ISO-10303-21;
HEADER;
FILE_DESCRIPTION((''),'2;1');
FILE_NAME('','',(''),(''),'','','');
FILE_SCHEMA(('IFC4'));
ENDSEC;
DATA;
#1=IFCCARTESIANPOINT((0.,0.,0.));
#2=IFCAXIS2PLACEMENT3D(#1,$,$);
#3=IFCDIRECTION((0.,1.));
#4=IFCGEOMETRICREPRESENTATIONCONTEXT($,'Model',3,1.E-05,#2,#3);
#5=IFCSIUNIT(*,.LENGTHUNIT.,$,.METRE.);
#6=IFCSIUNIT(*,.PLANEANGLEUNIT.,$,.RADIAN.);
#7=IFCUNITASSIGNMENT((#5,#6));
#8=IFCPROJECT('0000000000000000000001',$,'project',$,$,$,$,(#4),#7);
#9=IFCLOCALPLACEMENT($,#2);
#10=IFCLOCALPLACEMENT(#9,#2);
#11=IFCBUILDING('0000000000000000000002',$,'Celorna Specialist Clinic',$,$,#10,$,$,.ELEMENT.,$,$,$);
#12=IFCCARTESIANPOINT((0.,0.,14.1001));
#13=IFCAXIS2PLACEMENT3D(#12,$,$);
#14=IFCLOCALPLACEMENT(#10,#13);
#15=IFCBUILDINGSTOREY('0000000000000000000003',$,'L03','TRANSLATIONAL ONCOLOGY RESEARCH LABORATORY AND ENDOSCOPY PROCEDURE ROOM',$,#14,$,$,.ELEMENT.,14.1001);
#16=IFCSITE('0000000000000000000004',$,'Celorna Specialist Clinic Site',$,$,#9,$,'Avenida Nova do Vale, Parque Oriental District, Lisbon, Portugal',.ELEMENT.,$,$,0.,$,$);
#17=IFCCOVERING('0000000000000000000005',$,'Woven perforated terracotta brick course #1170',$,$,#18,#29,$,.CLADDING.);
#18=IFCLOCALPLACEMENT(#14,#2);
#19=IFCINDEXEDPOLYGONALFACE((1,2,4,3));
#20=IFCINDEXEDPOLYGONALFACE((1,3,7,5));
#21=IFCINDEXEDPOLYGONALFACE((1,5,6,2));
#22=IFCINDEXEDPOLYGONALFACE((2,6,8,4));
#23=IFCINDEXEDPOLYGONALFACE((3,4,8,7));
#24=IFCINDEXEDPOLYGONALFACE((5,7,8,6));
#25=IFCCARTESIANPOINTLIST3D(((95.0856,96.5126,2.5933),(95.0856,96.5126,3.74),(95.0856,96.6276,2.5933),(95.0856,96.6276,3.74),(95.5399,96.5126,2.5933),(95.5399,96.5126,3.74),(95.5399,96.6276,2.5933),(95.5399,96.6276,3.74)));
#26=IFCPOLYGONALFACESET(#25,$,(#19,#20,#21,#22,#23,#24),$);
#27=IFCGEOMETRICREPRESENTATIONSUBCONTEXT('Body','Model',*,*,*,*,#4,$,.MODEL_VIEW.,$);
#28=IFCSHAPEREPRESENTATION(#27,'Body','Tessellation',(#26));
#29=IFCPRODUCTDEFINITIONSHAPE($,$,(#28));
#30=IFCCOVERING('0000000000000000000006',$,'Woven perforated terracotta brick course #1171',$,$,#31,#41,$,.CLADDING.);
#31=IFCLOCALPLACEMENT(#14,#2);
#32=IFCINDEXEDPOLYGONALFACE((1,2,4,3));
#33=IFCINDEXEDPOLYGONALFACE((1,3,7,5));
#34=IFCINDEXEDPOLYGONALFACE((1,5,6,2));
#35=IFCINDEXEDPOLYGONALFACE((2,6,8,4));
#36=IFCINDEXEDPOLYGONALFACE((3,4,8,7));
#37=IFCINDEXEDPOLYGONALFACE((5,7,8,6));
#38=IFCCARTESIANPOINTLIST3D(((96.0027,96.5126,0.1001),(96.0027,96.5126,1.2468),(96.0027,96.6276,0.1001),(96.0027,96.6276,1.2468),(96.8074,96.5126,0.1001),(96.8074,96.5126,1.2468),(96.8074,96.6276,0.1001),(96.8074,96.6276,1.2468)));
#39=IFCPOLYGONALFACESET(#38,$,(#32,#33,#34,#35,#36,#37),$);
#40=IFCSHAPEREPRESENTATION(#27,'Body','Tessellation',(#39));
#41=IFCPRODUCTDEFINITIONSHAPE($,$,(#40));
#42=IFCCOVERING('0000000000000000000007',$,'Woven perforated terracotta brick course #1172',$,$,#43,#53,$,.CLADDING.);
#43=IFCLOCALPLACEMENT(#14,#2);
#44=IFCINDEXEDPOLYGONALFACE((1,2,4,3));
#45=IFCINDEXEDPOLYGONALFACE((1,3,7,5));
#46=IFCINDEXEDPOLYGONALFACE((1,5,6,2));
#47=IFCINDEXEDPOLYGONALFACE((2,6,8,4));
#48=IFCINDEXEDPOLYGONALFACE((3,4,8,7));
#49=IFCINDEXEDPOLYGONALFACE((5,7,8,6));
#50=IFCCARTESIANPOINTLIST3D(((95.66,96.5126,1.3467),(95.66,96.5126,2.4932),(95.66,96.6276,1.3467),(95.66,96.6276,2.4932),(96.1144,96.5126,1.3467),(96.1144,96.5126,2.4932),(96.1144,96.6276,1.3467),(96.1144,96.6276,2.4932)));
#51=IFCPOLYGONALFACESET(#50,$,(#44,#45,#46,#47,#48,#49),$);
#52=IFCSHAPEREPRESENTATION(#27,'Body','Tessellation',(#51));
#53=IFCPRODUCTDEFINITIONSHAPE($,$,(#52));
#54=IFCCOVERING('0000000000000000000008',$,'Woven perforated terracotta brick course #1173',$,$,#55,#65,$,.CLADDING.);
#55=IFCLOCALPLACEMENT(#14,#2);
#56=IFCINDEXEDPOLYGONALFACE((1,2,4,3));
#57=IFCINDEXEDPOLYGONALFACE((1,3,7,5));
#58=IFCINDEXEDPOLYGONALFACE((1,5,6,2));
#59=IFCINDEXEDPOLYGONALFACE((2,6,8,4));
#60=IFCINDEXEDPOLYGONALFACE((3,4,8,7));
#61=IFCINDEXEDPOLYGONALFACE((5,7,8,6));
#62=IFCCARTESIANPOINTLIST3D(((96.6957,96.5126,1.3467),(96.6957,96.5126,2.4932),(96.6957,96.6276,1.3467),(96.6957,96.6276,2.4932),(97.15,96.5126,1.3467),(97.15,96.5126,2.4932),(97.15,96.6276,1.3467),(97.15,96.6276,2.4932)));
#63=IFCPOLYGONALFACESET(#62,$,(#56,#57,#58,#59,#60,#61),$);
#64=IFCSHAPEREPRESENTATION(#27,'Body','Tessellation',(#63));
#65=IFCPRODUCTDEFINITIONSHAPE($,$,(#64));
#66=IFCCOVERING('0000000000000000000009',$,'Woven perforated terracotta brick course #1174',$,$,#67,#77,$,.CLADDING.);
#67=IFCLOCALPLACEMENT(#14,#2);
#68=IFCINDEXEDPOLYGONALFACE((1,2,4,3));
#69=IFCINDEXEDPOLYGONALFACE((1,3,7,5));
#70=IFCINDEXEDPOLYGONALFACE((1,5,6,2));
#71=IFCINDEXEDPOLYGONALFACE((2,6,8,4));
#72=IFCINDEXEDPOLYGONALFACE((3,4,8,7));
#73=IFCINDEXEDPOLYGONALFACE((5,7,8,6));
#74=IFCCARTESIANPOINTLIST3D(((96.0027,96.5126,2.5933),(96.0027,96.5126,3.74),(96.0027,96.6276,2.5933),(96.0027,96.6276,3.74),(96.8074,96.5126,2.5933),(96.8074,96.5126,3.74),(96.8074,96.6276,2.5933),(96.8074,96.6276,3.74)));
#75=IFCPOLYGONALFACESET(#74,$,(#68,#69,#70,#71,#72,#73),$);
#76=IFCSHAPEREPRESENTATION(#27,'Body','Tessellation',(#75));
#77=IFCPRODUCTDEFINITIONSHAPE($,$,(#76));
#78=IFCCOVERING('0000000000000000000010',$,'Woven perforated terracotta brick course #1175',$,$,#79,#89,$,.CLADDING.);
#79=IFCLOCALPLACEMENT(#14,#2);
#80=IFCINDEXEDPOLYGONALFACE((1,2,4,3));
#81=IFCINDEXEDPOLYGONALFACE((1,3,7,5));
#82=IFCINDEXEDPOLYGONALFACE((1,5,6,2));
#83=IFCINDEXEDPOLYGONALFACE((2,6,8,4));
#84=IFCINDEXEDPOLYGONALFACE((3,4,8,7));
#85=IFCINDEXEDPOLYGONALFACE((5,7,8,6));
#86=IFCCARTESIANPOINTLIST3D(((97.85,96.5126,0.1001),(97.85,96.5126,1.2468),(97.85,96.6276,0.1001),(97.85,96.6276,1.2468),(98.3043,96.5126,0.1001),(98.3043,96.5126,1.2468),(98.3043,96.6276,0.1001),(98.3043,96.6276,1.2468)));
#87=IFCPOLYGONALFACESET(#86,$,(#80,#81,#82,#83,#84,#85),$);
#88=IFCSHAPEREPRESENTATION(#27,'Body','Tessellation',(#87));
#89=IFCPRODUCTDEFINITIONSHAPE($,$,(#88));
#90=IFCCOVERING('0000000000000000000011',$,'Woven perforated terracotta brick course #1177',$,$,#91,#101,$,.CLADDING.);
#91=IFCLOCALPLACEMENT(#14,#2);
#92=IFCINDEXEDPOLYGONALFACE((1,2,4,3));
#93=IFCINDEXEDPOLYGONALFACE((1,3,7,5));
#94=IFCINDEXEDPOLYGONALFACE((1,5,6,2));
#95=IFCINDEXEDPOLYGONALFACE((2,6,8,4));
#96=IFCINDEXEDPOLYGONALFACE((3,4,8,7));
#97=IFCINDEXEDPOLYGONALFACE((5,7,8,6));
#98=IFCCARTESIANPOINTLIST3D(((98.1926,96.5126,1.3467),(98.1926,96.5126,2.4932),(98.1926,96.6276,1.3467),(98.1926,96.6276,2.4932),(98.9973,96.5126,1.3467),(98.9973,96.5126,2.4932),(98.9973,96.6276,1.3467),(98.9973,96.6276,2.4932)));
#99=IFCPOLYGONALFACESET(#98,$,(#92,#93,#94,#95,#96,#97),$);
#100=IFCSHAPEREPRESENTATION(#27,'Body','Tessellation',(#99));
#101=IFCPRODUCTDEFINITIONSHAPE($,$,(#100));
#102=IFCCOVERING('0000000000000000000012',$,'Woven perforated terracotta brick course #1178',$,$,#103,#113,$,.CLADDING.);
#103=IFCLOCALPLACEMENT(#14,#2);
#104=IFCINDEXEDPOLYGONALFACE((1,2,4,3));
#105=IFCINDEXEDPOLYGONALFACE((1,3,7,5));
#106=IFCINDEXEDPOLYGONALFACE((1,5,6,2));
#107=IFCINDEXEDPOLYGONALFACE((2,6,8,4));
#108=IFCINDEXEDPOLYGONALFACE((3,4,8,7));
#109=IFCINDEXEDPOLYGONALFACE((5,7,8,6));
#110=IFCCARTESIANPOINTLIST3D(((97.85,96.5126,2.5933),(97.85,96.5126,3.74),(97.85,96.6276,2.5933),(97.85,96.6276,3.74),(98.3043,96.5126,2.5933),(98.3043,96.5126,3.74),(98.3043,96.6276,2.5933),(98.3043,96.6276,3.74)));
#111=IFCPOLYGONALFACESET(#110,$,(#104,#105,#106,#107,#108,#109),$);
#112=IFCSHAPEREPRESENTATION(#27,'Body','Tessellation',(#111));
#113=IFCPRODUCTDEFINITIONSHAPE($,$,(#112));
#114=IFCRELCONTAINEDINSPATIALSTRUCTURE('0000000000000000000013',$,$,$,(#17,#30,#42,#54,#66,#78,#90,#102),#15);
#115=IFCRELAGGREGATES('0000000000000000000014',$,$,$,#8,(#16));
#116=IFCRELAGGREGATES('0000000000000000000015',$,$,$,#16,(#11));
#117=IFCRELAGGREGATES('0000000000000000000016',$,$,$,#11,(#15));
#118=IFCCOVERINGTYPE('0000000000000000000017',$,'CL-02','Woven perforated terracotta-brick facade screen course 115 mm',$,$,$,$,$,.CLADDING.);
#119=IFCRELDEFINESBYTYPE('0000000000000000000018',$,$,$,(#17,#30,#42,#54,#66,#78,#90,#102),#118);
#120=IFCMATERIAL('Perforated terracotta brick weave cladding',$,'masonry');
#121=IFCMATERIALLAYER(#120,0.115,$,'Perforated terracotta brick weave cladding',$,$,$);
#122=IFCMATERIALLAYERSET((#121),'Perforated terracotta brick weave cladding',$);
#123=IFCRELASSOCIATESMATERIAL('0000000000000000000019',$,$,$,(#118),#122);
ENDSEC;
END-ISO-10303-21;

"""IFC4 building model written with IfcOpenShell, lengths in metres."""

from ifc_helpers import new_model, si_unit, direction, frame, origin, origin_2d, place, context, subcontext, project, spatial, rectangle, extrude, material, layer, layer_set, type_object, element, save


model = new_model("IFC4")

# Units and contexts
model_context = context("Model", 3, precision=1e-05, world=origin(), true_north=direction((0.0, 1.0)))
body_context = subcontext(model_context, "Body", "Model", "MODEL_VIEW")
ifc_project = project(units=[si_unit("LENGTHUNIT", "METRE"), si_unit("PLANEANGLEUNIT", "RADIAN")], contexts=[model_context])

# Site, building, storey
site_placement = place(None, origin())
site = spatial("IfcSite", under=ifc_project, at=site_placement, Name="Celorna Specialist Clinic Site", LongName="Avenida Nova do Vale, Parque Oriental District, Lisbon, Portugal", CompositionType="ELEMENT", RefElevation=0.0)
building_placement = place(site_placement, origin())
building = spatial("IfcBuilding", under=site, at=building_placement, Name="Celorna Specialist Clinic", CompositionType="ELEMENT")
storey_placement = place(building_placement, frame((0.0, 0.0, 14.1001)))
storey = spatial("IfcBuildingStorey", under=building, at=storey_placement, Name="L03", Description="TRANSLATIONAL ONCOLOGY RESEARCH LABORATORY AND ENDOSCOPY PROCEDURE ROOM", CompositionType="ELEMENT", Elevation=14.1001)

# Coverings
ifc_material = material(Name="Perforated terracotta brick weave cladding", Category="masonry")
ifc_layer = layer(ifc_material, 0.115, Name="Perforated terracotta brick weave cladding")
ifc_layer_set = layer_set([ifc_layer], Name="Perforated terracotta brick weave cladding")
covering_type = type_object("IfcCoveringType", Name="CL-02", Description="Woven perforated terracotta-brick facade screen course 115 mm", PredefinedType="CLADDING", material=ifc_layer_set)
for number, where, z_axis, x_axis, name in (
    (1, (95.3127, 96.5701, 2.5933), (0.0, 0.0, 1.0), (1.0, 0.0, 0.0), "Woven perforated terracotta brick course #1170"),
):
    element("IfcCovering", number, at=place(storey_placement, frame(where, z_axis=z_axis, x_axis=x_axis)), inside=storey, type_object=covering_type, Name=name, PredefinedType="CLADDING", context=body_context, shape_type="SweptSolid", body=[
        extrude(rectangle(XDim=0.4543, YDim=0.115, at=origin_2d()), origin(), (0.0, 0.0, 1.0), 1.1467),
    ])
covering_1_placement = place(storey_placement, frame((96.405, 96.5701, 0.1001), z_axis=(0.0, 0.0, 1.0), x_axis=(1.0, 0.0, 0.0)))
element("IfcCovering", 2, at=covering_1_placement, inside=storey, type_object=covering_type, Name="Woven perforated terracotta brick course #1171", PredefinedType="CLADDING", context=body_context, shape_type="SweptSolid", body=[
    extrude(rectangle(XDim=0.8047, YDim=0.115, at=origin_2d()), origin(), (0.0, 0.0, 1.0), 1.1467),
])
for number, where, z_axis, x_axis, name in (
    (3, (95.8872, 96.5701, 1.3467), (0.0, 0.0, 1.0), (1.0, 0.0, 0.0), "Woven perforated terracotta brick course #1172"),
    (4, (96.9229, 96.5701, 1.3467), (0.0, 0.0, 1.0), (1.0, 0.0, 0.0), "Woven perforated terracotta brick course #1173"),
):
    element("IfcCovering", number, at=place(storey_placement, frame(where, z_axis=z_axis, x_axis=x_axis)), inside=storey, type_object=covering_type, Name=name, PredefinedType="CLADDING", context=body_context, shape_type="SweptSolid", body=[
        extrude(rectangle(XDim=0.4543, YDim=0.115, at=origin_2d()), origin(), (0.0, 0.0, 1.0), 1.1465),
    ])
covering_2_placement = place(storey_placement, frame((96.405, 96.5701, 2.5933), z_axis=(0.0, 0.0, 1.0), x_axis=(1.0, 0.0, 0.0)))
element("IfcCovering", 5, at=covering_2_placement, inside=storey, type_object=covering_type, Name="Woven perforated terracotta brick course #1174", PredefinedType="CLADDING", context=body_context, shape_type="SweptSolid", body=[
    extrude(rectangle(XDim=0.8047, YDim=0.115, at=origin_2d()), origin(), (0.0, 0.0, 1.0), 1.1467),
])
covering_3_placement = place(storey_placement, frame((98.0771, 96.5701, 0.1001), z_axis=(0.0, 0.0, 1.0), x_axis=(1.0, 0.0, 0.0)))
element("IfcCovering", 6, at=covering_3_placement, inside=storey, type_object=covering_type, Name="Woven perforated terracotta brick course #1175", PredefinedType="CLADDING", context=body_context, shape_type="SweptSolid", body=[
    extrude(rectangle(XDim=0.4543, YDim=0.115, at=origin_2d()), origin(), (0.0, 0.0, 1.0), 1.1467),
])
covering_4_placement = place(storey_placement, frame((98.595, 96.5701, 1.3467), z_axis=(0.0, 0.0, 1.0), x_axis=(1.0, 0.0, 0.0)))
element("IfcCovering", 7, at=covering_4_placement, inside=storey, type_object=covering_type, Name="Woven perforated terracotta brick course #1177", PredefinedType="CLADDING", context=body_context, shape_type="SweptSolid", body=[
    extrude(rectangle(XDim=0.8047, YDim=0.115, at=origin_2d()), origin(), (0.0, 0.0, 1.0), 1.1465),
])
covering_5_placement = place(storey_placement, frame((98.0771, 96.5701, 2.5933), z_axis=(0.0, 0.0, 1.0), x_axis=(1.0, 0.0, 0.0)))
element("IfcCovering", 8, at=covering_5_placement, inside=storey, type_object=covering_type, Name="Woven perforated terracotta brick course #1178", PredefinedType="CLADDING", context=body_context, shape_type="SweptSolid", body=[
    extrude(rectangle(XDim=0.4543, YDim=0.115, at=origin_2d()), origin(), (0.0, 0.0, 1.0), 1.1467),
])

save(model, "model.ifc")
